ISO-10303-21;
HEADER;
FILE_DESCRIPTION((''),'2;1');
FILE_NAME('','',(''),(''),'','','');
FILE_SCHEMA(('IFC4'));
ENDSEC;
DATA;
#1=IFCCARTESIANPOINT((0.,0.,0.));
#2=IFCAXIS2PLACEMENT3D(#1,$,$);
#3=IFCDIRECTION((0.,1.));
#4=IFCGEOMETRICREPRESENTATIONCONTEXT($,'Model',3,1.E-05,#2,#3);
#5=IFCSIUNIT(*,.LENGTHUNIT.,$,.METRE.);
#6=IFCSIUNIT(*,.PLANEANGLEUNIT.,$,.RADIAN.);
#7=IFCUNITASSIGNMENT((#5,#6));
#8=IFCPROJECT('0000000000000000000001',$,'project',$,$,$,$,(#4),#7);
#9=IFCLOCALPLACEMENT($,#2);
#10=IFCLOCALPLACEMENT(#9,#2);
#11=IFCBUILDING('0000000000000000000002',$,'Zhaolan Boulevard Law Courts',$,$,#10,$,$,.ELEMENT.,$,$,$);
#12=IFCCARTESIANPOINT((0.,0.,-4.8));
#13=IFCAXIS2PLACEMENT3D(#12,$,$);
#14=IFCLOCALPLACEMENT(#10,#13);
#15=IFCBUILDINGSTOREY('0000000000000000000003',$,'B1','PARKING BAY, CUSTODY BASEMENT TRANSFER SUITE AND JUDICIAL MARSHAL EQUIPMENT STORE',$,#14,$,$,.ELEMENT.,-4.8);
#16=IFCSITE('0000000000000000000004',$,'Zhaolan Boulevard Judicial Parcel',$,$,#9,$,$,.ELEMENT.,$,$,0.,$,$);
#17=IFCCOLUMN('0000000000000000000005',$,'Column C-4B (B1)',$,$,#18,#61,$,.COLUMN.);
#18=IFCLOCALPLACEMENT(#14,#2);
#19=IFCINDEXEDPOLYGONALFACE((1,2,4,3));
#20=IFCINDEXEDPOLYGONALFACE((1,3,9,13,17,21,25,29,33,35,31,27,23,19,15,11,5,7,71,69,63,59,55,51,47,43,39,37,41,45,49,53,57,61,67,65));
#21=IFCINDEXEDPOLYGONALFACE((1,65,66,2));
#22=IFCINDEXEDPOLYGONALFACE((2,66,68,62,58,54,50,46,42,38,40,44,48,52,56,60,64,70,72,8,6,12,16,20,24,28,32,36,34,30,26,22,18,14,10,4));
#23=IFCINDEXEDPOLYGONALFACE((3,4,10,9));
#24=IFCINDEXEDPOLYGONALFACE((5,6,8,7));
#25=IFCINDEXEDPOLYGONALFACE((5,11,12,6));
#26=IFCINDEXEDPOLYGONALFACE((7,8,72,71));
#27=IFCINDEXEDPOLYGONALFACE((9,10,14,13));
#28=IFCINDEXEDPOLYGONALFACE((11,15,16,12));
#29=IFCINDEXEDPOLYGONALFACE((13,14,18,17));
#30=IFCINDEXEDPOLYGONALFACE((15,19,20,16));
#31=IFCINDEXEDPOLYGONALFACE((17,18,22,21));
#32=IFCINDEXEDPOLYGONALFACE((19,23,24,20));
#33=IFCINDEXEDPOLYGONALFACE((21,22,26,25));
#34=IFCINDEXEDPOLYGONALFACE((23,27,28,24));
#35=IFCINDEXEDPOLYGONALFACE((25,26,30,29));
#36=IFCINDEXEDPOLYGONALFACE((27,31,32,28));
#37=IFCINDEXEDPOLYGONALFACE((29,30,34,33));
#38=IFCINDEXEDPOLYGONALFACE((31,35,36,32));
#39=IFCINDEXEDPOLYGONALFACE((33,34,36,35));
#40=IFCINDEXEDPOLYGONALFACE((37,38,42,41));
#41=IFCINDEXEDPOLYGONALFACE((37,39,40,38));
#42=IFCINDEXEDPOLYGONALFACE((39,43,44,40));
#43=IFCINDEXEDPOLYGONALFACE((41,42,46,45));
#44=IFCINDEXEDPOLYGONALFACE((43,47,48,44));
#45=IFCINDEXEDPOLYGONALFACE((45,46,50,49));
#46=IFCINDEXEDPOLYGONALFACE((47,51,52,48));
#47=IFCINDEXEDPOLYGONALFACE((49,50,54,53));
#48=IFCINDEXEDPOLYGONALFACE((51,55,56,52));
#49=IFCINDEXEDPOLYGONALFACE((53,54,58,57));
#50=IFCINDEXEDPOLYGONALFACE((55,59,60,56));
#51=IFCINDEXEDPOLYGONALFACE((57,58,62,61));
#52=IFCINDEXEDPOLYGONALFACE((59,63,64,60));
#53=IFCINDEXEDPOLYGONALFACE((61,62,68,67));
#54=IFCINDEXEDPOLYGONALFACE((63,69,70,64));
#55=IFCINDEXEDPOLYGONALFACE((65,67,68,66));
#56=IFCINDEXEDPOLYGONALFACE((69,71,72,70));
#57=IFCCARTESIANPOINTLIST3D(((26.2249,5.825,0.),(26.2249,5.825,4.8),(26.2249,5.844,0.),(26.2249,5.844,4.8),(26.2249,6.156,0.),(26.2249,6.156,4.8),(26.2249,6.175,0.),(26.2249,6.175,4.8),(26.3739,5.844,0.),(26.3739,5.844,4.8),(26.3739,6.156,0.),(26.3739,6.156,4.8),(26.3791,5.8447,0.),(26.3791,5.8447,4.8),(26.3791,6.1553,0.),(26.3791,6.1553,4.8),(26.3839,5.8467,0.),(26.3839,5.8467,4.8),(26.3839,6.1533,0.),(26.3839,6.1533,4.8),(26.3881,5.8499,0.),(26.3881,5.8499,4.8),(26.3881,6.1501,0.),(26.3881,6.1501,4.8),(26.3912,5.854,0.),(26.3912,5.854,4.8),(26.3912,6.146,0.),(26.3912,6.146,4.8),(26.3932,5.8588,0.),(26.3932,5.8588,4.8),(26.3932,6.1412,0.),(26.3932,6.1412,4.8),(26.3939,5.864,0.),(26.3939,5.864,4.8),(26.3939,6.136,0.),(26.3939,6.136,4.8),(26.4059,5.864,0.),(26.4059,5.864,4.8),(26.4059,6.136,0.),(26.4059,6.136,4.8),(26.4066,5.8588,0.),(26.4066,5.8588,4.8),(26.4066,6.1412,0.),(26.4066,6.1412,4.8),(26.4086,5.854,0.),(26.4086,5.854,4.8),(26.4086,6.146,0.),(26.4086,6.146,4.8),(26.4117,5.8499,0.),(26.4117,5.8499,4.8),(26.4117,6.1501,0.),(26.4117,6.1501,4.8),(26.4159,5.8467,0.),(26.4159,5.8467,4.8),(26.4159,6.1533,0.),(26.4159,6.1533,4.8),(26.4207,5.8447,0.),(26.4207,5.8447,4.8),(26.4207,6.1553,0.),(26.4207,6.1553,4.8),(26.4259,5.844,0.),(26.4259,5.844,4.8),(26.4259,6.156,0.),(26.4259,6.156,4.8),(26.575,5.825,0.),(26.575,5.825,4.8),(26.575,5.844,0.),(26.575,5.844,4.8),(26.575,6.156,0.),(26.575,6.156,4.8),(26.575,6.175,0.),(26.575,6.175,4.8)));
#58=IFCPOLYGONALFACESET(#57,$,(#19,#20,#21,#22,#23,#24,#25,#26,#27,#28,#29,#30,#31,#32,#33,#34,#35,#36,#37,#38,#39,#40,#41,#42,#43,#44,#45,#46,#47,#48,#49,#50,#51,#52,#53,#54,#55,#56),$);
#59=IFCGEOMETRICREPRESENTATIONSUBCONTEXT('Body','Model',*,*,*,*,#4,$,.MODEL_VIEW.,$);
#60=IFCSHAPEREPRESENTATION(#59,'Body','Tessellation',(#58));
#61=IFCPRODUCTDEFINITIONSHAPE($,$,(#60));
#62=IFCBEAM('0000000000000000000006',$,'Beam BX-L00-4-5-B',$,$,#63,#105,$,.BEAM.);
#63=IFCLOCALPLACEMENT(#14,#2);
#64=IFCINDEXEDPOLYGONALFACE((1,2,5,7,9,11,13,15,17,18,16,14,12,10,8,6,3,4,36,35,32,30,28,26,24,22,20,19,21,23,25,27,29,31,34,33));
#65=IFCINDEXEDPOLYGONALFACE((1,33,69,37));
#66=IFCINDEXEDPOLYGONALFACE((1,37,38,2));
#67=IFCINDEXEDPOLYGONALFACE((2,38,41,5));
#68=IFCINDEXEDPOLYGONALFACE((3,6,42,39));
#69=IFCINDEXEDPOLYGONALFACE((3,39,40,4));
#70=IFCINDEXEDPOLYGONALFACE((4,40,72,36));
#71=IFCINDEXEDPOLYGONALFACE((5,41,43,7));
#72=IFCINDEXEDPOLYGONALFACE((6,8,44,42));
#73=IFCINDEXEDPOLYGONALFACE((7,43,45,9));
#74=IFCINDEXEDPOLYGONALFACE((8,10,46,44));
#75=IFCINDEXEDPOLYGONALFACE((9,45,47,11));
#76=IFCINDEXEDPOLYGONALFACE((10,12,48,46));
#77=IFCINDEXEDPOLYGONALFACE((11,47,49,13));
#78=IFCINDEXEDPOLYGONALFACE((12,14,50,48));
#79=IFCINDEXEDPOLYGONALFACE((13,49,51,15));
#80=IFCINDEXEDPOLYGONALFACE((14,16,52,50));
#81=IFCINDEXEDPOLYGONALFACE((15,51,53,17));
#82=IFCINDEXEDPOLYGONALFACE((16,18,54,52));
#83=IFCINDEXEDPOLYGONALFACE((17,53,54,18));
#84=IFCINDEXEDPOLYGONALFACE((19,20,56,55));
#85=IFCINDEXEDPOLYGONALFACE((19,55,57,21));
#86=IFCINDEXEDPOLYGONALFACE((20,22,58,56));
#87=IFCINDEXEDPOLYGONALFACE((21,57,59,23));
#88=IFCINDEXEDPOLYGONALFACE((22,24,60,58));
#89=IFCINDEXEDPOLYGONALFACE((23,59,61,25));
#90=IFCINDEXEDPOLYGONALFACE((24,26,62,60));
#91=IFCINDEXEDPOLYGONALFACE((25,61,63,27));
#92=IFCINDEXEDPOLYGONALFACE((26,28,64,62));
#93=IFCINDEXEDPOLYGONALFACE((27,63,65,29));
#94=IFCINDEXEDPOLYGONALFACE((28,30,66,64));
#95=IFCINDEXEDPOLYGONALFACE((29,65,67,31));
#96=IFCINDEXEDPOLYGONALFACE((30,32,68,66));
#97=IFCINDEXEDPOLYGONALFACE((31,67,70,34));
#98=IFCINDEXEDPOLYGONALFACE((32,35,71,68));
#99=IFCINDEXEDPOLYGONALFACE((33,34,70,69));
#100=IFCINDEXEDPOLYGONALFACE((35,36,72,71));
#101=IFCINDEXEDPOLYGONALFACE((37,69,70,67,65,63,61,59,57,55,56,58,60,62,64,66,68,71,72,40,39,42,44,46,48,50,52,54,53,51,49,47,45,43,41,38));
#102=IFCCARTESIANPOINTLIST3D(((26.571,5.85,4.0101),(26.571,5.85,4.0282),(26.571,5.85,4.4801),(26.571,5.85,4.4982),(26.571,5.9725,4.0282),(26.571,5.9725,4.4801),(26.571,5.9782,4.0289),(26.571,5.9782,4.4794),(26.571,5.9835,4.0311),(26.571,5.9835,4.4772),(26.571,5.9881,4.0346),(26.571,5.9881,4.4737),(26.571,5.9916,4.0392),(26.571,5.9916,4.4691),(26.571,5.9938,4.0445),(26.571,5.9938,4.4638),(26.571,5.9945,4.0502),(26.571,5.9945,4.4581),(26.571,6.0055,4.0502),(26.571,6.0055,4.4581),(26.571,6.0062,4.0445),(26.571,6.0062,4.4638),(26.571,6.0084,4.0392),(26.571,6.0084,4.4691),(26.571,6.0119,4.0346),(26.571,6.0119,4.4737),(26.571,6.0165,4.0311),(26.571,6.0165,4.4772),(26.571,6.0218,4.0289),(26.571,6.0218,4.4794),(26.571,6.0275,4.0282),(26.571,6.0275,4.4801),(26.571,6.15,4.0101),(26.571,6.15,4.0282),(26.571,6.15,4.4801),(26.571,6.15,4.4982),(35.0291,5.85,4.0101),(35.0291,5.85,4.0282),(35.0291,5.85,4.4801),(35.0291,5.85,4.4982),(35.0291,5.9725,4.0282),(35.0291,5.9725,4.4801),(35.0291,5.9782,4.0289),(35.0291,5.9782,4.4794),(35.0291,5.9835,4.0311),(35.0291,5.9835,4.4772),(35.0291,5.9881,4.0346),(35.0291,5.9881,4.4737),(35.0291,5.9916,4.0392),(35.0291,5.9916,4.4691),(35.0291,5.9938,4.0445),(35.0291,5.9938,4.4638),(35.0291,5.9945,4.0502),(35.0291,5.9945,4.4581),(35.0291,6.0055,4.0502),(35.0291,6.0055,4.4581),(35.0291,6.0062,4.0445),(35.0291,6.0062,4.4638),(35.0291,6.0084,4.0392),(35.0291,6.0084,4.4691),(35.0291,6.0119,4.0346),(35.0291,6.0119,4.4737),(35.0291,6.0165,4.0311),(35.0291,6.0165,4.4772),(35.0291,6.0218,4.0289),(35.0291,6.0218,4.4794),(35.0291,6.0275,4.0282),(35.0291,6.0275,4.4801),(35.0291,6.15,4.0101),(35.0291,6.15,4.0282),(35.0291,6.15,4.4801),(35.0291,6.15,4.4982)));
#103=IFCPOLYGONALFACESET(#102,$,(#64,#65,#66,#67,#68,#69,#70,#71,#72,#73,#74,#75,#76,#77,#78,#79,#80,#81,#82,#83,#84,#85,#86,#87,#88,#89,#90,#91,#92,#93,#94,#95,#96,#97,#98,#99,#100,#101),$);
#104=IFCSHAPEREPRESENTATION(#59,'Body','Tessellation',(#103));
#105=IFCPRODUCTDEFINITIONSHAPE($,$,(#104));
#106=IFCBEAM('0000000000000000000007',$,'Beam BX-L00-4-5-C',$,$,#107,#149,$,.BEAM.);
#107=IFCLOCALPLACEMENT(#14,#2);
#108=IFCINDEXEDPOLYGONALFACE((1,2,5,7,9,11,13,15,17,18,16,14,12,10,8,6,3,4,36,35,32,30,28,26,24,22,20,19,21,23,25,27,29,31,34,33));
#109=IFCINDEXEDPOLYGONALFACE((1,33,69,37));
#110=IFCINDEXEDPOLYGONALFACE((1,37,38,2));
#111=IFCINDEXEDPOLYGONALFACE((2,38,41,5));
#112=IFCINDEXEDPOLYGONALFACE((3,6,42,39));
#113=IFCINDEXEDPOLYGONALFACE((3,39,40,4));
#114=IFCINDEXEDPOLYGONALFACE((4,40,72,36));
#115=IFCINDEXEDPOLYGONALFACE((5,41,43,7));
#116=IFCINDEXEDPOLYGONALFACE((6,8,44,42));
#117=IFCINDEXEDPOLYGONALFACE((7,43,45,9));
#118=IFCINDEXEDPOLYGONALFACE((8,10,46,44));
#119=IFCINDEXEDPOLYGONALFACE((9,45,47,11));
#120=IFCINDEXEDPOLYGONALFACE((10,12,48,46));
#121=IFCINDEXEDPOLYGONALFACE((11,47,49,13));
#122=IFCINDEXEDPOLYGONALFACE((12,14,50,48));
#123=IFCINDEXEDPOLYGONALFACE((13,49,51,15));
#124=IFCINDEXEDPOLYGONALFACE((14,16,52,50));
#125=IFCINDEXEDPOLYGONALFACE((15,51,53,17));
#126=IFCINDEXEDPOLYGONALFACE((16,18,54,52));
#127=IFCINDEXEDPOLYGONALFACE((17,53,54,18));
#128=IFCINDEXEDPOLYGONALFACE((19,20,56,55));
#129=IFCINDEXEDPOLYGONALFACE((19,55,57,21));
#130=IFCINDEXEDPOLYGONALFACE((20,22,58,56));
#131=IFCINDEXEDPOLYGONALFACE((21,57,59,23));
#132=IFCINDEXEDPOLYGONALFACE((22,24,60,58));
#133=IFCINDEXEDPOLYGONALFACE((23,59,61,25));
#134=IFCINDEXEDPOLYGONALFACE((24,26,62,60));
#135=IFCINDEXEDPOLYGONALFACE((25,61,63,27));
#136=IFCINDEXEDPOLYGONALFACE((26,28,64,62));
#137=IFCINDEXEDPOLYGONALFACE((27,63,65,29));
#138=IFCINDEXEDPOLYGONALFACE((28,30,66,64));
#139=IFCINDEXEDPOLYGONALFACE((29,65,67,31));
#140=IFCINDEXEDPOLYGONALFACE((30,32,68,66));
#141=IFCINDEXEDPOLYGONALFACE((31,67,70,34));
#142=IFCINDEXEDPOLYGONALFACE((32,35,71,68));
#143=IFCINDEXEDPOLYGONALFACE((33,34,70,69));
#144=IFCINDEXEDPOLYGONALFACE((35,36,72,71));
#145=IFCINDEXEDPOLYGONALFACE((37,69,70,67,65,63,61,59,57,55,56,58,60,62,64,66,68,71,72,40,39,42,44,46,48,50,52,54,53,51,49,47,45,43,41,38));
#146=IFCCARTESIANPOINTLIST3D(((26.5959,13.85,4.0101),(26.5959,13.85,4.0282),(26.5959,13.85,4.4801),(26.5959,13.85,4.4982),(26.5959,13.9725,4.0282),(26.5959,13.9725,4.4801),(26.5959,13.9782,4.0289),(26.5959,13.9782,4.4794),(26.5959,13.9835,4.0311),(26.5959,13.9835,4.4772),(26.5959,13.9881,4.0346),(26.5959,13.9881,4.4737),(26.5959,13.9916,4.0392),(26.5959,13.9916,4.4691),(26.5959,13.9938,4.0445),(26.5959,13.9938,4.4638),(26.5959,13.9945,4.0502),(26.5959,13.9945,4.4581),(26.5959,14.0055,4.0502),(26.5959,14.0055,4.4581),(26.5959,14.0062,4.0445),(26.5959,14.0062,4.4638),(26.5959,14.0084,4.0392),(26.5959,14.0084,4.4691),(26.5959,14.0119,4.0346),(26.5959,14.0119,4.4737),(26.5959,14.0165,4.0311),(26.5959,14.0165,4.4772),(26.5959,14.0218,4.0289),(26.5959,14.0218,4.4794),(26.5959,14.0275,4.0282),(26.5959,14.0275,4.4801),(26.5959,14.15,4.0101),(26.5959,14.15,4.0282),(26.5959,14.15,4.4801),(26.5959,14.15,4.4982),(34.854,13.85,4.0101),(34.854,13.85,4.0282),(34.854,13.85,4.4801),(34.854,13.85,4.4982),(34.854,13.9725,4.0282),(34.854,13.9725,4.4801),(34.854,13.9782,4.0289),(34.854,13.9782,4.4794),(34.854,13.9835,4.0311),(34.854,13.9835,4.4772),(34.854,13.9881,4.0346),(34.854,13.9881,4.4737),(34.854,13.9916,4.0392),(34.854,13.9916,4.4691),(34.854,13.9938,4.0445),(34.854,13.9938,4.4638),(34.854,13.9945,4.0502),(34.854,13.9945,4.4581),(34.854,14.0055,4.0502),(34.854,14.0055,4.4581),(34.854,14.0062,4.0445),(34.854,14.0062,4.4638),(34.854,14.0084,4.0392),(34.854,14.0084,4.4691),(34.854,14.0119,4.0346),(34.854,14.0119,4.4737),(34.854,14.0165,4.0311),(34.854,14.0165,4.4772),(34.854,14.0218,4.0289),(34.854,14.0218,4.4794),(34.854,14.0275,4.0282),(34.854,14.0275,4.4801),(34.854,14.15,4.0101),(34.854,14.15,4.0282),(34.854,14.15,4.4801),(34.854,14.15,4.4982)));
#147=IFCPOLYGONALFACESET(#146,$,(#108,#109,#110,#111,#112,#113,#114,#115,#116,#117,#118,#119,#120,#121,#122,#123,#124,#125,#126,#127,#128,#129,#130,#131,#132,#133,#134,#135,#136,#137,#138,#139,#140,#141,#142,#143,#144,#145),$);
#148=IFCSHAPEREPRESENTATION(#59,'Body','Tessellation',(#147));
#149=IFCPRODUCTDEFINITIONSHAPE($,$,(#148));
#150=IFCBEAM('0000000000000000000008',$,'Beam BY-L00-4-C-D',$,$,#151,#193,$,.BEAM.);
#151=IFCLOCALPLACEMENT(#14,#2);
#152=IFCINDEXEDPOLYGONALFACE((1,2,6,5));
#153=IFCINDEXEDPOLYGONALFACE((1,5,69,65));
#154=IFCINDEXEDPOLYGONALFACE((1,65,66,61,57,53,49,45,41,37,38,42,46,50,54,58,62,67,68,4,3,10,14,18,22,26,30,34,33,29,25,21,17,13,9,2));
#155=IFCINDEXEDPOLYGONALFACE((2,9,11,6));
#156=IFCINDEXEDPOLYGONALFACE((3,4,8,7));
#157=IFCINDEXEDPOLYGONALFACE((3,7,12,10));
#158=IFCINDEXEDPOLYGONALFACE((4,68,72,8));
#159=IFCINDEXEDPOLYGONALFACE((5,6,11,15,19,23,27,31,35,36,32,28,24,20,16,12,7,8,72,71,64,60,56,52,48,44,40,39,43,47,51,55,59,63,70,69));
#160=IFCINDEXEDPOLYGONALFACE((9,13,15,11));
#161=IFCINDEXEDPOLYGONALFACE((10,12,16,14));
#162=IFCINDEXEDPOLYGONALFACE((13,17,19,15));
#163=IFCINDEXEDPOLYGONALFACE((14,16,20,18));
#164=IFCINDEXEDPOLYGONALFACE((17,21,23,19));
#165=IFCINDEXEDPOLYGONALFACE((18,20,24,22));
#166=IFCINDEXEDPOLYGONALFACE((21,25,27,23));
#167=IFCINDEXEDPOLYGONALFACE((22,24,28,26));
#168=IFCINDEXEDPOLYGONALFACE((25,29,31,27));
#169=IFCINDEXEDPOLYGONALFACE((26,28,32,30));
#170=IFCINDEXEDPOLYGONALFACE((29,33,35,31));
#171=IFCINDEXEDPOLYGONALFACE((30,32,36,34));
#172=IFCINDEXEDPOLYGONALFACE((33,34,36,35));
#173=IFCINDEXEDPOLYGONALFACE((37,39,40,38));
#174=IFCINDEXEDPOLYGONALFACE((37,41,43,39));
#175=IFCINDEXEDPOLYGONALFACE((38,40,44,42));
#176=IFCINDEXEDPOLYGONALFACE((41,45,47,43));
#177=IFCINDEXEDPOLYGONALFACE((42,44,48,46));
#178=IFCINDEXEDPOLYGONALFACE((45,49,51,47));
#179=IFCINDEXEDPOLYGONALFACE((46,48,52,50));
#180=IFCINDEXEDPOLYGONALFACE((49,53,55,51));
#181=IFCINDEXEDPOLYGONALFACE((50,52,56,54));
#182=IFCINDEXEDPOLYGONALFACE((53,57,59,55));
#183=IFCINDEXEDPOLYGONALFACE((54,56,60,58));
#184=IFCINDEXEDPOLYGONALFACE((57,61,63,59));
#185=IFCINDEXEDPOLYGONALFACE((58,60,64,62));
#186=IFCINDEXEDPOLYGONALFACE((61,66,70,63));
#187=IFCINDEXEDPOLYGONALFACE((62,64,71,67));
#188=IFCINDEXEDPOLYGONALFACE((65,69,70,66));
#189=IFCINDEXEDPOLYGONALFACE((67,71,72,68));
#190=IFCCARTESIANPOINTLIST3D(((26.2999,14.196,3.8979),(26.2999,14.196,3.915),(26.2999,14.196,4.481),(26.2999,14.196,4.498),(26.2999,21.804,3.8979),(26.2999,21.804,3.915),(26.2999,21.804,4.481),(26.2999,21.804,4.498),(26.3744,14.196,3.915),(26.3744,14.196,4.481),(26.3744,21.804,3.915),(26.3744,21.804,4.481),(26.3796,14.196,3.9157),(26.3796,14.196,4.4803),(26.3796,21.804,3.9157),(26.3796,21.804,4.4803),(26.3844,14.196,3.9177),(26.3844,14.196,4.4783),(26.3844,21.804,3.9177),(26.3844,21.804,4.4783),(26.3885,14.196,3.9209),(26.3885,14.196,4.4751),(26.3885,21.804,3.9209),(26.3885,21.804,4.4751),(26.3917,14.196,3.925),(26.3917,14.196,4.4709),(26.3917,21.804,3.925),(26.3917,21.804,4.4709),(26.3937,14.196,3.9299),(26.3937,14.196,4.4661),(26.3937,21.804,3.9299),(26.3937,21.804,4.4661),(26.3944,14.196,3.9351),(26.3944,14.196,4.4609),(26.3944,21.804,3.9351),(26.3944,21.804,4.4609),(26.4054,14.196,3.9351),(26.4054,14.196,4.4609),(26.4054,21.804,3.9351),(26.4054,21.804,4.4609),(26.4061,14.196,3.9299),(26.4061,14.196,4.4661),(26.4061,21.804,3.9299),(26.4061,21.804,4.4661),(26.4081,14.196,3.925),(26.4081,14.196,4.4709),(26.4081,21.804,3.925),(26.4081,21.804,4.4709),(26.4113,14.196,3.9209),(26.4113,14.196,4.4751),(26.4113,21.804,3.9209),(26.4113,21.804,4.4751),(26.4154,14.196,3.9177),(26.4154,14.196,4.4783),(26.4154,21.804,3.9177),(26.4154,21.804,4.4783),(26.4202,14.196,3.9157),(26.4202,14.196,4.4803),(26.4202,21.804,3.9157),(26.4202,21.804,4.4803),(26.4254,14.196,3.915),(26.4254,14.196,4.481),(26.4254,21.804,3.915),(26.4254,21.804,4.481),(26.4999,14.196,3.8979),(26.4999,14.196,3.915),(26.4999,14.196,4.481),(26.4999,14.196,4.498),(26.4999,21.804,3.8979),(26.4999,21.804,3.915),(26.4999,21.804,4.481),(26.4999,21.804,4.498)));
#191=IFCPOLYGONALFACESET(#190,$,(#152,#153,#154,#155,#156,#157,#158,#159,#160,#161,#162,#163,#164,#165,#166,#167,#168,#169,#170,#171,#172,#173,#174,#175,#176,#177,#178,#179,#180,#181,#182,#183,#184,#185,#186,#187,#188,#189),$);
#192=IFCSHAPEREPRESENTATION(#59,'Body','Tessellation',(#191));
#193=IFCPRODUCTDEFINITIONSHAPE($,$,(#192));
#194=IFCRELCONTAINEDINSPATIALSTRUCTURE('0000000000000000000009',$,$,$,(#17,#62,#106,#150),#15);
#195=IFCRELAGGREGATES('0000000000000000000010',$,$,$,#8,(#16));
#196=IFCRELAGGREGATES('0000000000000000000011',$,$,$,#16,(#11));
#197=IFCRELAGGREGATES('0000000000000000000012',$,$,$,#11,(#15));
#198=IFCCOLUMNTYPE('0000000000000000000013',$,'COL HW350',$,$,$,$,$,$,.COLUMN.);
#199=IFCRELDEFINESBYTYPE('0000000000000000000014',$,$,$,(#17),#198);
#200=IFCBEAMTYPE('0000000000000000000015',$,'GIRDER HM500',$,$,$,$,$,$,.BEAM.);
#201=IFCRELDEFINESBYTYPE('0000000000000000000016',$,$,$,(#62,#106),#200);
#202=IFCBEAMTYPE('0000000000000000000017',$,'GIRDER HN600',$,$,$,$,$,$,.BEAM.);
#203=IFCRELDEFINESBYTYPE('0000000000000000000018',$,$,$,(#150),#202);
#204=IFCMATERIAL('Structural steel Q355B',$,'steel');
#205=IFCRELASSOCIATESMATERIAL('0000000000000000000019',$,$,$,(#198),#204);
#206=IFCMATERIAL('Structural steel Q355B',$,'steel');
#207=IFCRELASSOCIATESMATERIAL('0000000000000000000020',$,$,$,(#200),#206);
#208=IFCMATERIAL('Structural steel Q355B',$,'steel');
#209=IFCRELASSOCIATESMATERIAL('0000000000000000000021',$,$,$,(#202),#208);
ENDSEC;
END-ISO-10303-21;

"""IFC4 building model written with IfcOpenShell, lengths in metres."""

from ifc_helpers import new_model, si_unit, direction, frame, origin, origin_2d, place, context, subcontext, project, spatial, i_section, extrude, material, material_profile, profile_set, type_object, element, save


model = new_model("IFC4")

# Units and contexts
model_context = context("Model", 3, precision=1e-05, world=origin(), true_north=direction((0.0, 1.0)))
body_context = subcontext(model_context, "Body", "Model", "MODEL_VIEW")
ifc_project = project(units=[si_unit("LENGTHUNIT", "METRE"), si_unit("PLANEANGLEUNIT", "RADIAN")], contexts=[model_context])

# Site, building, storey
site_placement = place(None, origin())
site = spatial("IfcSite", under=ifc_project, at=site_placement, Name="Zhaolan Boulevard Judicial Parcel", CompositionType="ELEMENT", RefElevation=0.0)
building_placement = place(site_placement, origin())
building = spatial("IfcBuilding", under=site, at=building_placement, Name="Zhaolan Boulevard Law Courts", CompositionType="ELEMENT")
storey_placement = place(building_placement, frame((0.0, 0.0, -4.8)))
storey = spatial("IfcBuildingStorey", under=building, at=storey_placement, Name="B1", Description="PARKING BAY, CUSTODY BASEMENT TRANSFER SUITE AND JUDICIAL MARSHAL EQUIPMENT STORE", CompositionType="ELEMENT", Elevation=-4.8)

# Column
ifc_material_1 = material(Name="Structural steel Q355B", Category="steel")
ifc_material_profile_1 = material_profile(ifc_material_1, i_section(OverallWidth=0.3501, OverallDepth=0.3501, WebThickness=0.012, FlangeThickness=0.019, FilletRadius=0.02, at=origin_2d()), Name="HW350x350")
ifc_profile_set_1 = profile_set([ifc_material_profile_1], Name="Structural steel Q355B")
column_type_1 = type_object("IfcColumnType", Name="COL HW350", PredefinedType="COLUMN", material=ifc_profile_set_1)
column_1_placement = place(storey_placement, frame((26.3999, 6.0, 0.0), z_axis=(0.0, 0.0, 1.0), x_axis=(1.0, 0.0, 0.0)))
element("IfcColumn", 1, at=column_1_placement, inside=storey, type_object=column_type_1, Name="Column C-4B (B1)", PredefinedType="COLUMN", context=body_context, shape_type="SweptSolid", body=[
    extrude(i_section(OverallWidth=0.3501, OverallDepth=0.3501, WebThickness=0.012, FlangeThickness=0.019, FilletRadius=0.02, at=origin_2d()), origin(), (0.0, 0.0, 1.0), 4.8),
])

# Beams
ifc_material_2 = material(Name="Structural steel Q355B", Category="steel")
ifc_material_profile_2 = material_profile(ifc_material_2, i_section(OverallWidth=0.3, OverallDepth=0.488, WebThickness=0.011, FlangeThickness=0.0181, FilletRadius=0.022, at=origin_2d()), Name="HM488x300")
ifc_profile_set_2 = profile_set([ifc_material_profile_2], Name="Structural steel Q355B")
beam_type_1 = type_object("IfcBeamType", Name="GIRDER HM500", PredefinedType="BEAM", material=ifc_profile_set_2)
beam_1_placement = place(storey_placement, frame((26.571, 6.0, 4.2542), z_axis=(1.0, 0.0, 0.0), x_axis=(0.0, 1.0, 0.0)))
element("IfcBeam", 2, at=beam_1_placement, inside=storey, type_object=beam_type_1, Name="Beam BX-L00-4-5-B", PredefinedType="BEAM", context=body_context, shape_type="SweptSolid", body=[
    extrude(i_section(OverallWidth=0.3, OverallDepth=0.488, WebThickness=0.011, FlangeThickness=0.0181, FilletRadius=0.022, at=origin_2d()), origin(), (0.0, 0.0, 1.0), 8.458),
])
beam_2_placement = place(storey_placement, frame((26.5959, 14.0, 4.2542), z_axis=(1.0, 0.0, 0.0), x_axis=(0.0, 1.0, 0.0)))
element("IfcBeam", 3, at=beam_2_placement, inside=storey, type_object=beam_type_1, Name="Beam BX-L00-4-5-C", PredefinedType="BEAM", context=body_context, shape_type="SweptSolid", body=[
    extrude(i_section(OverallWidth=0.3, OverallDepth=0.488, WebThickness=0.011, FlangeThickness=0.0181, FilletRadius=0.022, at=origin_2d()), origin(), (0.0, 0.0, 1.0), 8.2581),
])
ifc_material_3 = material(Name="Structural steel Q355B", Category="steel")
ifc_material_profile_3 = material_profile(ifc_material_3, i_section(OverallWidth=0.2, OverallDepth=0.6001, WebThickness=0.011, FlangeThickness=0.0171, FilletRadius=0.02, at=origin_2d()), Name="HN600x200")
ifc_profile_set_3 = profile_set([ifc_material_profile_3], Name="Structural steel Q355B")
beam_type_2 = type_object("IfcBeamType", Name="GIRDER HN600", PredefinedType="BEAM", material=ifc_profile_set_3)
beam_3_placement = place(storey_placement, frame((26.3999, 14.196, 4.198), z_axis=(0.0, 1.0, 0.0), x_axis=(-1.0, 0.0, 0.0)))
element("IfcBeam", 4, at=beam_3_placement, inside=storey, type_object=beam_type_2, Name="Beam BY-L00-4-C-D", PredefinedType="BEAM", context=body_context, shape_type="SweptSolid", body=[
    extrude(i_section(OverallWidth=0.2, OverallDepth=0.6001, WebThickness=0.011, FlangeThickness=0.0171, FilletRadius=0.02, at=origin_2d()), origin(), (0.0, 0.0, 1.0), 7.6079),
])

save(model, "model.ifc")
